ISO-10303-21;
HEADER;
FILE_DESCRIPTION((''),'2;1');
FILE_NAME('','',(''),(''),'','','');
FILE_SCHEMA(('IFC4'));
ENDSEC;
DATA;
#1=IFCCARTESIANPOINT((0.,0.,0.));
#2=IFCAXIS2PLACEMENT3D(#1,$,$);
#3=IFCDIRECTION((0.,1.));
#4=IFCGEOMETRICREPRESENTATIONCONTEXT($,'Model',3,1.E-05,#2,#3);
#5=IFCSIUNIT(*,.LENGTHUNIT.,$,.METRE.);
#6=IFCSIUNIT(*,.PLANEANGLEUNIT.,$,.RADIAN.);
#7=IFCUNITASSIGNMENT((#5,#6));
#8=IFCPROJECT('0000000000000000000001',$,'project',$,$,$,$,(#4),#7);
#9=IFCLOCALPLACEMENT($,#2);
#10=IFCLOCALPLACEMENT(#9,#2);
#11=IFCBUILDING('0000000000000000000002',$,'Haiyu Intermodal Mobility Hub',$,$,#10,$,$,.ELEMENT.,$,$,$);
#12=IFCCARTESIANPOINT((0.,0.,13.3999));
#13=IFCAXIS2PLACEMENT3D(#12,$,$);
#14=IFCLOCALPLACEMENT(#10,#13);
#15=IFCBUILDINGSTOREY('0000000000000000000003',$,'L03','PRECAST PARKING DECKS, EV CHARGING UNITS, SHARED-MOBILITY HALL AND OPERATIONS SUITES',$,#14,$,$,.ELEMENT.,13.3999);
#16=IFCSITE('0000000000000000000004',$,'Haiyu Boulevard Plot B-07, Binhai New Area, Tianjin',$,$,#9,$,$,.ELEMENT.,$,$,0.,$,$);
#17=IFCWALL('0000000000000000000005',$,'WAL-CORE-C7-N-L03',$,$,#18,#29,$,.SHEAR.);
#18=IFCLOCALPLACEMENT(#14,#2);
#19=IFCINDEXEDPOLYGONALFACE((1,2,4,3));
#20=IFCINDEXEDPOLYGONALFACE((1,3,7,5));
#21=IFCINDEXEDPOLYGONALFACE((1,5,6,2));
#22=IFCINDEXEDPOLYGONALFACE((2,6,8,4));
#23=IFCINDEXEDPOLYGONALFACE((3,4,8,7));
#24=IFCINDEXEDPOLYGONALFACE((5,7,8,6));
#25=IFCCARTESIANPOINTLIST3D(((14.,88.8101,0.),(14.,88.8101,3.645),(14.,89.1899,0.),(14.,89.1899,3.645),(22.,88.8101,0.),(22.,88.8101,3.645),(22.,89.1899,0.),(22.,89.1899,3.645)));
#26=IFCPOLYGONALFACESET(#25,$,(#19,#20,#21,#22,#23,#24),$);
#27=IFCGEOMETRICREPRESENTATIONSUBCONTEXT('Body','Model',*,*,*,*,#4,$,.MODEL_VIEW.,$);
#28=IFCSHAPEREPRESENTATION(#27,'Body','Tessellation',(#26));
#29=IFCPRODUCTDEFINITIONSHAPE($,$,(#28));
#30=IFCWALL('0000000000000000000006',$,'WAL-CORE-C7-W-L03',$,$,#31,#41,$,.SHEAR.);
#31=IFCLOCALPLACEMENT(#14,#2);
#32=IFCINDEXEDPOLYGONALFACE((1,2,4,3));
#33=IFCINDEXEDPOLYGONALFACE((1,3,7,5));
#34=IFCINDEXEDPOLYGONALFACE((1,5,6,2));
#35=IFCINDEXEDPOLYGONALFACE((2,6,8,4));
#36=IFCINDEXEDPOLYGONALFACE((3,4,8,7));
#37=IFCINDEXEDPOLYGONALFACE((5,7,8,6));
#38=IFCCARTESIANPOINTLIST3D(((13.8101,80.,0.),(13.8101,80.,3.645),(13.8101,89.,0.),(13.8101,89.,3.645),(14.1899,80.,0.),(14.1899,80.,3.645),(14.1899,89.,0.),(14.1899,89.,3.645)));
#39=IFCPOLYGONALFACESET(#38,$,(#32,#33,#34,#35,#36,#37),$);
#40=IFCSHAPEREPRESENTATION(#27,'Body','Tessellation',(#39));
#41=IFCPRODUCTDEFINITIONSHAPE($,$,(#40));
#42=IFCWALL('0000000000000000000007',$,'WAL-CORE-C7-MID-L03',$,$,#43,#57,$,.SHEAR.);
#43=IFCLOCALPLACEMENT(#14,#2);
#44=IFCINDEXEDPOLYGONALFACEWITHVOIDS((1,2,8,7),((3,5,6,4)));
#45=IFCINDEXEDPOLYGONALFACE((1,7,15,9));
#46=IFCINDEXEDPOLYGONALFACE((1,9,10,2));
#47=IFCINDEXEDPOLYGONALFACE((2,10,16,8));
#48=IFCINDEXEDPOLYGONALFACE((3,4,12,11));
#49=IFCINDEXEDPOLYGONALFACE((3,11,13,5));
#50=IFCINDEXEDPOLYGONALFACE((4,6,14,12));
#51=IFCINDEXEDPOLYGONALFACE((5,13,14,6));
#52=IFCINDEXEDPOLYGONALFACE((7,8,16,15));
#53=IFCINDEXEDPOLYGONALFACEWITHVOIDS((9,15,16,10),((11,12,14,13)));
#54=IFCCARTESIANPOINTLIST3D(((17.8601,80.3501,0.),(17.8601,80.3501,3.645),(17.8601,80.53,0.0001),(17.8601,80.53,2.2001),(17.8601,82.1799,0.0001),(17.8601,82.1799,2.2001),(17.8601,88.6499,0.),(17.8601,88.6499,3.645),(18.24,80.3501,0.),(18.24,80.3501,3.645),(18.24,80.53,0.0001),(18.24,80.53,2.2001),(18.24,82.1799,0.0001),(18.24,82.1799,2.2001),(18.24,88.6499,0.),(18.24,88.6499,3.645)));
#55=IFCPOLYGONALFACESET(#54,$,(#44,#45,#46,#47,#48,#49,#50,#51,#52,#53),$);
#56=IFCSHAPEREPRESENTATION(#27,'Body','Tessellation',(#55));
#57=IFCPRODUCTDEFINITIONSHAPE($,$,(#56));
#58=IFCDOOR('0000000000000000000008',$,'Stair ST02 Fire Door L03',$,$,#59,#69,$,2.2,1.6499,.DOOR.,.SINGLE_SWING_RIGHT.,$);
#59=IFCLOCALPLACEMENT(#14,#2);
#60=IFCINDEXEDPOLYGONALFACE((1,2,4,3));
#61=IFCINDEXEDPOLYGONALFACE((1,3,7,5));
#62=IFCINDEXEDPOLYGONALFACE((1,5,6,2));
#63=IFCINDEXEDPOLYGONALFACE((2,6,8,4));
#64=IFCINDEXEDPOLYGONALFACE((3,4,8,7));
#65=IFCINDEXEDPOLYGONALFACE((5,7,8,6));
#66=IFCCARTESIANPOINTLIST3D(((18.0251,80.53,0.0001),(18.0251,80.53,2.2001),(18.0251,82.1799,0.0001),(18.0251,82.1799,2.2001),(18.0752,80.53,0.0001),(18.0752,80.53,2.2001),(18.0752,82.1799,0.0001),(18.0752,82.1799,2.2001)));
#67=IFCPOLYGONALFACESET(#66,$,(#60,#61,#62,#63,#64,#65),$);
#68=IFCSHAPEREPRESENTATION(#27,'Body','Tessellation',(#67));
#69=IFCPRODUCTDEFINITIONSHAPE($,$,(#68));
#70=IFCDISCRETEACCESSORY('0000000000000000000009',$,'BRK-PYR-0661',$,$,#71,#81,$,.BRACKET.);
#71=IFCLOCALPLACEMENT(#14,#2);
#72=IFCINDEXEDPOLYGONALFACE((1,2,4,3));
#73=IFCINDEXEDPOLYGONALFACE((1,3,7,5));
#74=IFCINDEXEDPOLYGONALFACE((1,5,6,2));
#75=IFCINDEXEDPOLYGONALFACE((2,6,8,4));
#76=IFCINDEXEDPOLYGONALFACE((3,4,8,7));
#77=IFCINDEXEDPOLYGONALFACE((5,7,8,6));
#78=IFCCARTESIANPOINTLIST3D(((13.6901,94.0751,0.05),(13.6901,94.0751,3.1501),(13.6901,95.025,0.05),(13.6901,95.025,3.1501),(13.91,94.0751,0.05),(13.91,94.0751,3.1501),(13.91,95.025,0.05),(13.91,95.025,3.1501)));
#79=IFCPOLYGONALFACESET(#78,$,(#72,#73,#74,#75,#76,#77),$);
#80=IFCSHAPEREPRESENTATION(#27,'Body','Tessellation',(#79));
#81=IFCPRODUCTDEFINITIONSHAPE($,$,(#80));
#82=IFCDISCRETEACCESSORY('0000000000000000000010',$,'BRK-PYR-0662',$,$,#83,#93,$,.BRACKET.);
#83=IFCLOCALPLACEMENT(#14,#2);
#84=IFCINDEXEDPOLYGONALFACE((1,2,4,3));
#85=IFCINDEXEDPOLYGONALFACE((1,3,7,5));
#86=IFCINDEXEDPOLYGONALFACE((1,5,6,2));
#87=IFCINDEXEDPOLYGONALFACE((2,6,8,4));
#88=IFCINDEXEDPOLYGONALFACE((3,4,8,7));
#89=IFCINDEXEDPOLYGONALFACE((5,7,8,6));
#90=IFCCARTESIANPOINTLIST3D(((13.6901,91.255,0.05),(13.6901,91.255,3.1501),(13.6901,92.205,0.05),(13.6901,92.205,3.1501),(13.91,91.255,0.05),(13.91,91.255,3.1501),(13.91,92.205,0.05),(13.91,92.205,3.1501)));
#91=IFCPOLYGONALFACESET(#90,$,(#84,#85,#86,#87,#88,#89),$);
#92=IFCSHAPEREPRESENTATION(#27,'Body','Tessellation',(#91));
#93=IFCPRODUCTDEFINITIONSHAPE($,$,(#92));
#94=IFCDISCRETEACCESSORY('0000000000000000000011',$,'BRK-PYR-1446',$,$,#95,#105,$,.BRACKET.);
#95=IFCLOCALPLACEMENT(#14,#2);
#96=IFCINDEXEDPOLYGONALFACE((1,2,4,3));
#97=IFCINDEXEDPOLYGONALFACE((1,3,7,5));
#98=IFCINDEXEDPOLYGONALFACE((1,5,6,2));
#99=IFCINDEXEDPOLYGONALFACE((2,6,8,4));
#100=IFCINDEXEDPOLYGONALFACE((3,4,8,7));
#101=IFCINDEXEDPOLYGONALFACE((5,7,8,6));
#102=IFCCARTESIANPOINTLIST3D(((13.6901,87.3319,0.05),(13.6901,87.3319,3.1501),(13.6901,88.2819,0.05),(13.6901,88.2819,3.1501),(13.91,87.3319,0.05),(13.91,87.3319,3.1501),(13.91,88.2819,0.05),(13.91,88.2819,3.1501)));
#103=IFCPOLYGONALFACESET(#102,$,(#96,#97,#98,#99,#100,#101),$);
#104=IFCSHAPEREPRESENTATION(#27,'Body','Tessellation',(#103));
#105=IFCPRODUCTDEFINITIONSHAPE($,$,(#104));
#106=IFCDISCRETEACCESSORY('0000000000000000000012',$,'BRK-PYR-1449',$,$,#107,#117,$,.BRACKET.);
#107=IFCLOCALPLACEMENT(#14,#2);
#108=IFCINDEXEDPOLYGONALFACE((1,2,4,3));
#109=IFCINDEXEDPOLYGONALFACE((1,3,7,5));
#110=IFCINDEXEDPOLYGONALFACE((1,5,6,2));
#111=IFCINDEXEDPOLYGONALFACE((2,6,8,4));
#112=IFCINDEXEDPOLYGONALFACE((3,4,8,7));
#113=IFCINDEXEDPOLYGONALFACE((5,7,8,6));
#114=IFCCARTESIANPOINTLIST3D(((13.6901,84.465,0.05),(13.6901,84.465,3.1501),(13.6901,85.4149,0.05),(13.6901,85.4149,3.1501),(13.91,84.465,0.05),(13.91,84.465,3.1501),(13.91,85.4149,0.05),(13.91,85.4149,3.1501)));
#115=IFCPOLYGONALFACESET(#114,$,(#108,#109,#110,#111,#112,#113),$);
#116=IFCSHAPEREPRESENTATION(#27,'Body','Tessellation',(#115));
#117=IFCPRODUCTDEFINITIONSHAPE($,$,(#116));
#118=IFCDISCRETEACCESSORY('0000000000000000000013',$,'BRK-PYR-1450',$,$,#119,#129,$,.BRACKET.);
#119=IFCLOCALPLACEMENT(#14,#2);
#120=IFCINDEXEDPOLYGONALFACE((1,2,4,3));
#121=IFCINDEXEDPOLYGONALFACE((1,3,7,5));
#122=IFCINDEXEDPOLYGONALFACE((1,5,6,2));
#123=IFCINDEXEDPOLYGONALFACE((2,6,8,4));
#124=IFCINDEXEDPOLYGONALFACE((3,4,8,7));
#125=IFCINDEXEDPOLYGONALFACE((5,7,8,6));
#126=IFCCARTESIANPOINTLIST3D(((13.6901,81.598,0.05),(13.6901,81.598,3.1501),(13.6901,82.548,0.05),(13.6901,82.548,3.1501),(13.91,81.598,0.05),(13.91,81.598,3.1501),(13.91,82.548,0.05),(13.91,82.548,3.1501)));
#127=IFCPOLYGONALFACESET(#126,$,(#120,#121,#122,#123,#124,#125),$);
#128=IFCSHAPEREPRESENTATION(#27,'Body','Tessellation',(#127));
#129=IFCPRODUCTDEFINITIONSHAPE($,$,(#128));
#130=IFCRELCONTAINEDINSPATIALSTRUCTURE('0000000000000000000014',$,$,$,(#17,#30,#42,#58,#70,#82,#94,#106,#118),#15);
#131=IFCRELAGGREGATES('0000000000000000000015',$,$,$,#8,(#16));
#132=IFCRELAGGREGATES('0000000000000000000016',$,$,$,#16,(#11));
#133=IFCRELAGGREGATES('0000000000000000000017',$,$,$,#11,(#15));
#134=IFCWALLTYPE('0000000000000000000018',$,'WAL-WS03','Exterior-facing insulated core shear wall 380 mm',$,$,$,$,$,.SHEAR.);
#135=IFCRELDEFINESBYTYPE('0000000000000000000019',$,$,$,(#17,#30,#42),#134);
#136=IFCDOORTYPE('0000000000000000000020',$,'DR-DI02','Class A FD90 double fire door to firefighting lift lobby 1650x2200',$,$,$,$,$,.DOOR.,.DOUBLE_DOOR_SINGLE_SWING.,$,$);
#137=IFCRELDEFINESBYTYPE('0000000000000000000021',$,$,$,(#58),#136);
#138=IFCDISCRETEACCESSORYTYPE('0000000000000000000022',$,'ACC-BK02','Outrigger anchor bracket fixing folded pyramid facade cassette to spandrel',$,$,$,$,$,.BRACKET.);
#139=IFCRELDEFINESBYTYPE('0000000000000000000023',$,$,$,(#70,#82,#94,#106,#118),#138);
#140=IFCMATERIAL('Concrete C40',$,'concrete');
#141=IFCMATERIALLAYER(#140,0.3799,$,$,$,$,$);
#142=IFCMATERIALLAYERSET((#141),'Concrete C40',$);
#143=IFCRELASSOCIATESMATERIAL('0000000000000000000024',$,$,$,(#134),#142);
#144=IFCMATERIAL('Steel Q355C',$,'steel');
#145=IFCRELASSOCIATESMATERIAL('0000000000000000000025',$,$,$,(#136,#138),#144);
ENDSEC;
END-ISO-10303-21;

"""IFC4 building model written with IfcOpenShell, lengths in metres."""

from ifc_helpers import new_model, si_unit, direction, frame, frame_2d, origin, origin_2d, place, context, subcontext, project, spatial, rectangle, extrude, material, layer, layer_set, type_object, element, fill, save


model = new_model("IFC4")

# Units and contexts
model_context = context("Model", 3, precision=1e-05, world=origin(), true_north=direction((0.0, 1.0)))
body_context = subcontext(model_context, "Body", "Model", "MODEL_VIEW")
ifc_project = project(units=[si_unit("LENGTHUNIT", "METRE"), si_unit("PLANEANGLEUNIT", "RADIAN")], contexts=[model_context])

# Site, building, storey
site_placement = place(None, origin())
site = spatial("IfcSite", under=ifc_project, at=site_placement, Name="Haiyu Boulevard Plot B-07, Binhai New Area, Tianjin", CompositionType="ELEMENT", RefElevation=0.0)
building_placement = place(site_placement, origin())
building = spatial("IfcBuilding", under=site, at=building_placement, Name="Haiyu Intermodal Mobility Hub", CompositionType="ELEMENT")
storey_placement = place(building_placement, frame((0.0, 0.0, 13.3999)))
storey = spatial("IfcBuildingStorey", under=building, at=storey_placement, Name="L03", Description="PRECAST PARKING DECKS, EV CHARGING UNITS, SHARED-MOBILITY HALL AND OPERATIONS SUITES", CompositionType="ELEMENT", Elevation=13.3999)

# Shared definitions
ifc_material_1 = material(Name="Concrete C40", Category="concrete")
ifc_material_2 = material(Name="Steel Q355C", Category="steel")

# Walls
ifc_layer_1 = layer(ifc_material_1, 0.3799)
ifc_layer_set_1 = layer_set([ifc_layer_1], Name="Concrete C40")
wall_type_1 = type_object("IfcWallType", Name="WAL-WS03", Description="Exterior-facing insulated core shear wall 380 mm", PredefinedType="SHEAR", material=ifc_layer_set_1)
wall_1_placement = place(storey_placement, frame((22.0, 89.0, 0.0), z_axis=(0.0, 0.0, 1.0), x_axis=(-1.0, 0.0, 0.0)))
element("IfcWall", 1, at=wall_1_placement, inside=storey, type_object=wall_type_1, Name="WAL-CORE-C7-N-L03", PredefinedType="SHEAR", context=body_context, shape_type="SweptSolid", body=[
    extrude(rectangle(XDim=8.0, YDim=0.3799, at=frame_2d((4.0, 0.0))), origin(), (0.0, 0.0, 1.0), 3.645),
])
wall_2_placement = place(storey_placement, frame((14.0, 89.0, 0.0), z_axis=(0.0, 0.0, 1.0), x_axis=(0.0, -1.0, 0.0)))
element("IfcWall", 2, at=wall_2_placement, inside=storey, type_object=wall_type_1, Name="WAL-CORE-C7-W-L03", PredefinedType="SHEAR", context=body_context, shape_type="SweptSolid", body=[
    extrude(rectangle(XDim=9.0, YDim=0.3799, at=frame_2d((4.5, 0.0))), origin(), (0.0, 0.0, 1.0), 3.645),
])

# Wall, opening, door
wall_3_placement = place(storey_placement, frame((18.05, 80.3501, 0.0), z_axis=(0.0, 0.0, 1.0), x_axis=(0.0, 1.0, 0.0)))
wall_3 = element("IfcWall", 3, at=wall_3_placement, inside=storey, type_object=wall_type_1, Name="WAL-CORE-C7-MID-L03", PredefinedType="SHEAR", context=body_context, shape_type="SweptSolid", body=[
    extrude(rectangle(XDim=8.2998, YDim=0.3799, at=frame_2d((4.1499, 0.0))), origin(), (0.0, 0.0, 1.0), 3.645),
])
opening_1_placement = place(wall_3_placement, frame((0.1799, 0.0, 0.0)))
opening_1 = element("IfcOpeningElement", 4, at=opening_1_placement, cuts=wall_3, PredefinedType="OPENING", context=body_context, shape_type="SweptSolid", body=[
    extrude(rectangle(XDim=1.6499, YDim=2.2, at=frame_2d((0.825, 1.1001))), frame((0.0, 0.2, 0.0), z_axis=(0.0, -1.0, 0.0), x_axis=(1.0, 0.0, 0.0)), (0.0, 0.0, 1.0), 0.3999),
])
door_type_1 = type_object("IfcDoorType", Name="DR-DI02", Description="Class A FD90 double fire door to firefighting lift lobby 1650x2200", OperationType="DOUBLE_DOOR_SINGLE_SWING", PredefinedType="DOOR", material=ifc_material_2)
door_1_placement = place(opening_1_placement, origin())
door_1 = element("IfcDoor", 5, at=door_1_placement, inside=storey, type_object=door_type_1, Name="Stair ST02 Fire Door L03", OperationType="SINGLE_SWING_RIGHT", OverallHeight=2.2, OverallWidth=1.6499, PredefinedType="DOOR", context=body_context, shape_type="SweptSolid", body=[
    extrude(rectangle(XDim=1.6499, YDim=2.2, at=frame_2d((0.825, 1.1001))), frame((0.0, 0.0249, 0.0), z_axis=(0.0, -1.0, 0.0), x_axis=(1.0, 0.0, 0.0)), (0.0, 0.0, 1.0), 0.05),
])
fill(opening_1, door_1)

# Discrete accessories
discrete_accessory_type = type_object("IfcDiscreteAccessoryType", Name="ACC-BK02", Description="Outrigger anchor bracket fixing folded pyramid facade cassette to spandrel", PredefinedType="BRACKET", material=ifc_material_2)
for number, where, z_axis, x_axis, name in (
    (6, (13.8, 94.55, 0.05), (0.0, 0.0, 1.0), (1.0, 0.0, 0.0), "BRK-PYR-0661"),
    (7, (13.8, 91.73, 0.05), (0.0, 0.0, 1.0), (1.0, 0.0, 0.0), "BRK-PYR-0662"),
    (8, (13.8, 87.8069, 0.05), (0.0, 0.0, 1.0), (1.0, 0.0, 0.0), "BRK-PYR-1446"),
    (9, (13.8, 84.9399, 0.05), (0.0, 0.0, 1.0), (1.0, 0.0, 0.0), "BRK-PYR-1449"),
    (10, (13.8, 82.073, 0.05), (0.0, 0.0, 1.0), (1.0, 0.0, 0.0), "BRK-PYR-1450"),
):
    element("IfcDiscreteAccessory", number, at=place(storey_placement, frame(where, z_axis=z_axis, x_axis=x_axis)), inside=storey, type_object=discrete_accessory_type, Name=name, PredefinedType="BRACKET", context=body_context, shape_type="SweptSolid", body=[
        extrude(rectangle(XDim=0.22, YDim=0.95, at=origin_2d()), origin(), (0.0, 0.0, 1.0), 3.1001),
    ])

save(model, "model.ifc")
